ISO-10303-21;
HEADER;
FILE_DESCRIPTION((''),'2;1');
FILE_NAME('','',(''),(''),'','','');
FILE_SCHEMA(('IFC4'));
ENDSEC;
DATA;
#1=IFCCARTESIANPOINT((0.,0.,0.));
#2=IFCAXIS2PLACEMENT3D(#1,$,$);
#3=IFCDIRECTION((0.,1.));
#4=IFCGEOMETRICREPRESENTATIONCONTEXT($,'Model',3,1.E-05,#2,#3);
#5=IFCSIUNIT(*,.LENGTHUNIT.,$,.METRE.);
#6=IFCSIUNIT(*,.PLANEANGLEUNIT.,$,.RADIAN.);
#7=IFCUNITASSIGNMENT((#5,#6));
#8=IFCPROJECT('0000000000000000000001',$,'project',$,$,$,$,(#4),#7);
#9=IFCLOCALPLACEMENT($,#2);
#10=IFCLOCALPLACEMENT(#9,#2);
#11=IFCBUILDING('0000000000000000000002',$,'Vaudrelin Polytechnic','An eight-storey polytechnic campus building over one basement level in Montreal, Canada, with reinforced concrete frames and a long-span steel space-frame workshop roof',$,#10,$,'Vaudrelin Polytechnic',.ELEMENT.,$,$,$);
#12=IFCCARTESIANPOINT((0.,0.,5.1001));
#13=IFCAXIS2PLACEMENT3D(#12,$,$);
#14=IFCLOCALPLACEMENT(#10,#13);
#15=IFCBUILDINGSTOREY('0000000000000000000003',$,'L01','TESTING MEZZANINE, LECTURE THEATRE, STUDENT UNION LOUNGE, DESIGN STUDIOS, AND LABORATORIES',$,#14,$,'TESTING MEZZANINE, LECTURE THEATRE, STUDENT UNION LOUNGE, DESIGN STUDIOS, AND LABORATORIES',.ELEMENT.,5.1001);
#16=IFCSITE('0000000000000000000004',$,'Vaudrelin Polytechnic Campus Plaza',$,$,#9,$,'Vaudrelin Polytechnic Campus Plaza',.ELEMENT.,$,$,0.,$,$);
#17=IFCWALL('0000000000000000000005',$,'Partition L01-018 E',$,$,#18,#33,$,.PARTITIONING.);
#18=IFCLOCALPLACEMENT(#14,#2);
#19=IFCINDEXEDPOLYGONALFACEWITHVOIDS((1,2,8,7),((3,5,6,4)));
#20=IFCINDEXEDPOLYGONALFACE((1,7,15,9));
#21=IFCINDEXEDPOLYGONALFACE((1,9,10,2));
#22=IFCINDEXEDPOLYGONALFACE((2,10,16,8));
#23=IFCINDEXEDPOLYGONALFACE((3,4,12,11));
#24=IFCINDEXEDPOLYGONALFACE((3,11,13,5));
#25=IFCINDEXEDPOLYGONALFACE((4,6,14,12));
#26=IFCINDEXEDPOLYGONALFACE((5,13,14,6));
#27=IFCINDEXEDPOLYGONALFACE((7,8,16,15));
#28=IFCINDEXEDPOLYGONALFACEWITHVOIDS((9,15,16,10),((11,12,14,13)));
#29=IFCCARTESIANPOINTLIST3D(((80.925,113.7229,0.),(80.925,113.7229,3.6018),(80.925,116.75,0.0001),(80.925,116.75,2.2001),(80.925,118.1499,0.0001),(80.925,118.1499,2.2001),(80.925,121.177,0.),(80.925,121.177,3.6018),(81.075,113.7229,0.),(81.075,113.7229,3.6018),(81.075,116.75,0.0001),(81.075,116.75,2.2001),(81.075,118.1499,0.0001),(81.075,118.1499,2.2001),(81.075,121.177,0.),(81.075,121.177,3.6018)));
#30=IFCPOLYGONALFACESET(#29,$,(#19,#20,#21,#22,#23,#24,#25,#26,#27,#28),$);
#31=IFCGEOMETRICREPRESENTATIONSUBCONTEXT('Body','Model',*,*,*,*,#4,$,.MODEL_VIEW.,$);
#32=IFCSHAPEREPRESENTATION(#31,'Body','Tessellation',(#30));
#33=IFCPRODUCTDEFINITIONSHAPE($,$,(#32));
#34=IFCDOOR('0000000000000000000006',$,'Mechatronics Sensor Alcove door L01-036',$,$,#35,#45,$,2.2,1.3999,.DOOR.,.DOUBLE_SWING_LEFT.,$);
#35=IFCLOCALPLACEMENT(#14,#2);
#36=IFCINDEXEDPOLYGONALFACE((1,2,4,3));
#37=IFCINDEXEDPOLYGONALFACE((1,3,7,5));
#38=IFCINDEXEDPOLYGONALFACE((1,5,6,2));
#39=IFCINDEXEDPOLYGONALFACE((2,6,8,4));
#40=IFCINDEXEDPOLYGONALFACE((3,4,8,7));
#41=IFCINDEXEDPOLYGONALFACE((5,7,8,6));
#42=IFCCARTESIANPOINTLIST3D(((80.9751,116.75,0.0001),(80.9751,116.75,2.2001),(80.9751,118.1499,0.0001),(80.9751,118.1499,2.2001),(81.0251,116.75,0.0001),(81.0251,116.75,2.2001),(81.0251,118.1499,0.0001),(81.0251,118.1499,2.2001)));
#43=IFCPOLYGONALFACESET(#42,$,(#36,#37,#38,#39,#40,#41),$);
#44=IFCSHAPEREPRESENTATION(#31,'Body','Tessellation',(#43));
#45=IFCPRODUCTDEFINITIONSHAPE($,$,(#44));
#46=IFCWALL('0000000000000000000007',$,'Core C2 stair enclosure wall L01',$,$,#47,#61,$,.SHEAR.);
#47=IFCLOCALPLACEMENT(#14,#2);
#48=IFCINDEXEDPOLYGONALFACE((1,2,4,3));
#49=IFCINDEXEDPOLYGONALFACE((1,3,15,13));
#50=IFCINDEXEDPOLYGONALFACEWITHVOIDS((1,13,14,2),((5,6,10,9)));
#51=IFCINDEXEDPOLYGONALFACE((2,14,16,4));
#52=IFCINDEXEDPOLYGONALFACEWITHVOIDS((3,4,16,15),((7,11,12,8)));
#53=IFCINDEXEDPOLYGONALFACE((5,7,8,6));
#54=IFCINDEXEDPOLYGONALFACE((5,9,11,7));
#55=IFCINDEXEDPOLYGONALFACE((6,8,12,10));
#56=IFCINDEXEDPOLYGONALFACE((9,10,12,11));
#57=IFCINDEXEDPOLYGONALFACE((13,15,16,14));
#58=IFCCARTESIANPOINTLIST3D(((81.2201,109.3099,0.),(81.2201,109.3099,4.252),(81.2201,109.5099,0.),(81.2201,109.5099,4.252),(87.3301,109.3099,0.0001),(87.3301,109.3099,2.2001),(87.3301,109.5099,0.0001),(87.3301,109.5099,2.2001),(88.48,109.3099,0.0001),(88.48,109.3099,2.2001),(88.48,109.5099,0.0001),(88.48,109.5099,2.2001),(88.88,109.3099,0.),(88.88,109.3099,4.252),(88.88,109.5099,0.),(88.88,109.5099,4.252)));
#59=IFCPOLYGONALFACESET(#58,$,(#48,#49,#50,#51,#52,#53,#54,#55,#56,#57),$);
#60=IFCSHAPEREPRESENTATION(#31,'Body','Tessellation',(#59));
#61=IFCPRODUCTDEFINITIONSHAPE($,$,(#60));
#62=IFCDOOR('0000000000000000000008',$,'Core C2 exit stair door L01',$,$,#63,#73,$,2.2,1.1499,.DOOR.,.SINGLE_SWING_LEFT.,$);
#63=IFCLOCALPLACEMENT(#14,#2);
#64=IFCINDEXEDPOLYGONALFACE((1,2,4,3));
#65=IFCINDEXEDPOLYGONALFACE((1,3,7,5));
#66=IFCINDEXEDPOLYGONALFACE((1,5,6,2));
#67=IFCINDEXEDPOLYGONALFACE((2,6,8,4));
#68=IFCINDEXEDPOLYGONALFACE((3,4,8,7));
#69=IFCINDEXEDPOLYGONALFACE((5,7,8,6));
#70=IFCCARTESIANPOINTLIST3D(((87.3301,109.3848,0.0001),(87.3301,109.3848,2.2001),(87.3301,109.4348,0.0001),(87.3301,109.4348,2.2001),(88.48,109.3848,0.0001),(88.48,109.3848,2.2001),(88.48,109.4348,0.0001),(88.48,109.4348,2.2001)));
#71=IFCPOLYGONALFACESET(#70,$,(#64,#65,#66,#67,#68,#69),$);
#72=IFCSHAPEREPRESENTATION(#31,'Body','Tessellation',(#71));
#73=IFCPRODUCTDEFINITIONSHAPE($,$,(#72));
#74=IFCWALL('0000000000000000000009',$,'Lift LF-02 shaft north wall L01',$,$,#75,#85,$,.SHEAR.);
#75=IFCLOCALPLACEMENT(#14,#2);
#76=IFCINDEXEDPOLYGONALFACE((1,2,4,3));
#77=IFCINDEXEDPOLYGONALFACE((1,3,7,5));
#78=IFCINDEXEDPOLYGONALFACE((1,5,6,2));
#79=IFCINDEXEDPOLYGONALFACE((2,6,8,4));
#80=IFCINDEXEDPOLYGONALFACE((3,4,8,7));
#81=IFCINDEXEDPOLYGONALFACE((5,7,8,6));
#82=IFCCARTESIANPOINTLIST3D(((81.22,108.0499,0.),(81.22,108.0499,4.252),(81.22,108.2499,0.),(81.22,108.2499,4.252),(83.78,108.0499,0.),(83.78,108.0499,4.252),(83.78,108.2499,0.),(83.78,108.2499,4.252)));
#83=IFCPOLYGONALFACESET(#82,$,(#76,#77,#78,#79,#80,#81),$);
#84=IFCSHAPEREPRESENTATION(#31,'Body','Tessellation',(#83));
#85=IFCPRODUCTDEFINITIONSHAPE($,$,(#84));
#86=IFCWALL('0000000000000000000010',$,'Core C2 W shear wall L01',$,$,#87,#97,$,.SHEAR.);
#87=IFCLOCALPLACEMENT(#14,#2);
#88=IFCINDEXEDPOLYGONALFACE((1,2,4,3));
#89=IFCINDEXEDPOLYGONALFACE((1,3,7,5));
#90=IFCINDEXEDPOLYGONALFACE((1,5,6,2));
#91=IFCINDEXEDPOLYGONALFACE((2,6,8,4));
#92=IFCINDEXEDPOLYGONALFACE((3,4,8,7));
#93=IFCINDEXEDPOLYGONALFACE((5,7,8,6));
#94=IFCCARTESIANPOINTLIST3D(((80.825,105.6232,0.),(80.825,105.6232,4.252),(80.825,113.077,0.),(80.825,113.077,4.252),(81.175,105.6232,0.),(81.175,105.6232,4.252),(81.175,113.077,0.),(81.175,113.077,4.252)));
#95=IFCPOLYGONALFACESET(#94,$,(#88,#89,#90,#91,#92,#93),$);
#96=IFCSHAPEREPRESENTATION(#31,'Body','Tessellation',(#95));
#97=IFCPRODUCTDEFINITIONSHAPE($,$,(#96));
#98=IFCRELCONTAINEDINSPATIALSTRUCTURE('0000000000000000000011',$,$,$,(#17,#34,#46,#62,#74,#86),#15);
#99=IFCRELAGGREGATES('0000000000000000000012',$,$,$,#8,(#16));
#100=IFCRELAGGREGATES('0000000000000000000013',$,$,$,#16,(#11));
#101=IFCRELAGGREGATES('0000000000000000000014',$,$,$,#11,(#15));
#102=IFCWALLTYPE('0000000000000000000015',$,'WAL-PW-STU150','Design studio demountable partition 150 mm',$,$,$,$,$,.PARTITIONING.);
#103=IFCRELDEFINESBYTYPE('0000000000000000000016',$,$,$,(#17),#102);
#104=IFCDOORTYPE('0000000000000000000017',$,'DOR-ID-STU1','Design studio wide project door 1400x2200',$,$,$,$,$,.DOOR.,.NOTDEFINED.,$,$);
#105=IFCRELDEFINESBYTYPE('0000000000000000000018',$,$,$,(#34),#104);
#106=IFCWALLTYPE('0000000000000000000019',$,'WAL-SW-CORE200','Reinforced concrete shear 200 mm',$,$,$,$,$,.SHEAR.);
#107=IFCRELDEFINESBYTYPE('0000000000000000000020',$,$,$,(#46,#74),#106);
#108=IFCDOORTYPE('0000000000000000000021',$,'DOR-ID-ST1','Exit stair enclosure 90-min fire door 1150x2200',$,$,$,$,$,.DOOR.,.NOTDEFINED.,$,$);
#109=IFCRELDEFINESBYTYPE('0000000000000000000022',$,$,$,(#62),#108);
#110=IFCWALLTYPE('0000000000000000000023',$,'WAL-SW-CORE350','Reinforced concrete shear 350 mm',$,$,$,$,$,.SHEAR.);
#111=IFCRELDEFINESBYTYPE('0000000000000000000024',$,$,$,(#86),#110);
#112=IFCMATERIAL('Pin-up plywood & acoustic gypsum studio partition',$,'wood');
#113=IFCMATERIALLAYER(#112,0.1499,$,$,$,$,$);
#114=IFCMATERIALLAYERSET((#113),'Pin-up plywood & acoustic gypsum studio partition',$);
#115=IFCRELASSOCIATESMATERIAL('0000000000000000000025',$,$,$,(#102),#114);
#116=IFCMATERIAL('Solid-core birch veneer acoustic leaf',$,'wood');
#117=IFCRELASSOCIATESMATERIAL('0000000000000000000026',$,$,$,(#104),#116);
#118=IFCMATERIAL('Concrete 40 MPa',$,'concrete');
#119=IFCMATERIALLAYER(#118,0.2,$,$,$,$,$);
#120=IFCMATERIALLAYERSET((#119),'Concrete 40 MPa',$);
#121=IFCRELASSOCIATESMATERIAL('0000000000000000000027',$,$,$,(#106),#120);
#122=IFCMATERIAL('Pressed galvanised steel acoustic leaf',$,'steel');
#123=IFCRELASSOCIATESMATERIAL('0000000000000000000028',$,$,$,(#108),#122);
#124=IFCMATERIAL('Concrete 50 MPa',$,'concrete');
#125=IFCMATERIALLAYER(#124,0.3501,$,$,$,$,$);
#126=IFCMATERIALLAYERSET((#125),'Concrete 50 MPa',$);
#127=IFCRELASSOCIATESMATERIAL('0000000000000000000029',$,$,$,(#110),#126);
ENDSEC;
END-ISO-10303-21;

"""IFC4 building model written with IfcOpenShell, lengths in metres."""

from ifc_helpers import new_model, si_unit, direction, frame, frame_2d, origin, place, context, subcontext, project, spatial, rectangle, extrude, material, layer, layer_set, type_object, element, fill, save


model = new_model("IFC4")

# Units and contexts
model_context = context("Model", 3, precision=1e-05, world=origin(), true_north=direction((0.0, 1.0)))
body_context = subcontext(model_context, "Body", "Model", "MODEL_VIEW")
ifc_project = project(units=[si_unit("LENGTHUNIT", "METRE"), si_unit("PLANEANGLEUNIT", "RADIAN")], contexts=[model_context])

# Site, building, storey
site_placement = place(None, origin())
site = spatial("IfcSite", under=ifc_project, at=site_placement, Name="Vaudrelin Polytechnic Campus Plaza", LongName="Vaudrelin Polytechnic Campus Plaza", CompositionType="ELEMENT", RefElevation=0.0)
building_placement = place(site_placement, origin())
building = spatial("IfcBuilding", under=site, at=building_placement, Name="Vaudrelin Polytechnic", Description="An eight-storey polytechnic campus building over one basement level in Montreal, Canada, with reinforced concrete frames and a long-span steel space-frame workshop roof", LongName="Vaudrelin Polytechnic", CompositionType="ELEMENT")
storey_placement = place(building_placement, frame((0.0, 0.0, 5.1001)))
storey = spatial("IfcBuildingStorey", under=building, at=storey_placement, Name="L01", Description="TESTING MEZZANINE, LECTURE THEATRE, STUDENT UNION LOUNGE, DESIGN STUDIOS, AND LABORATORIES", LongName="TESTING MEZZANINE, LECTURE THEATRE, STUDENT UNION LOUNGE, DESIGN STUDIOS, AND LABORATORIES", CompositionType="ELEMENT", Elevation=5.1001)

# Shared definitions
ifc_material_1 = material(Name="Concrete 40 MPa", Category="concrete")

# Shared definitions
ifc_material_2 = material(Name="Concrete 50 MPa", Category="concrete")

# Walls, openings, doors
ifc_material_3 = material(Name="Pin-up plywood & acoustic gypsum studio partition", Category="wood")
ifc_layer_1 = layer(ifc_material_3, 0.1499)
ifc_layer_set_1 = layer_set([ifc_layer_1], Name="Pin-up plywood & acoustic gypsum studio partition")
wall_type_1 = type_object("IfcWallType", Name="WAL-PW-STU150", Description="Design studio demountable partition 150 mm", PredefinedType="PARTITIONING", material=ifc_layer_set_1)
wall_1_placement = place(storey_placement, frame((81.0, 113.7229, 0.0), z_axis=(0.0, 0.0, 1.0), x_axis=(0.0, 1.0, 0.0)))
wall_1 = element("IfcWall", 1, at=wall_1_placement, inside=storey, type_object=wall_type_1, Name="Partition L01-018 E", PredefinedType="PARTITIONING", context=body_context, shape_type="SweptSolid", body=[
    extrude(rectangle(XDim=7.4541, YDim=0.1499, at=frame_2d((3.7271, 0.0))), origin(), (0.0, 0.0, 1.0), 3.6018),
])
opening_1_placement = place(wall_1_placement, frame((3.0271, 0.0, 0.0)))
opening_1 = element("IfcOpeningElement", 2, at=opening_1_placement, cuts=wall_1, PredefinedType="OPENING", context=body_context, shape_type="SweptSolid", body=[
    extrude(rectangle(XDim=1.3999, YDim=2.2, at=frame_2d((0.7, 1.1001))), frame((0.0, 0.085, 0.0), z_axis=(0.0, -1.0, 0.0), x_axis=(1.0, 0.0, 0.0)), (0.0, 0.0, 1.0), 0.1699),
])
ifc_material_4 = material(Name="Solid-core birch veneer acoustic leaf", Category="wood")
door_type_1 = type_object("IfcDoorType", Name="DOR-ID-STU1", Description="Design studio wide project door 1400x2200", OperationType="NOTDEFINED", PredefinedType="DOOR", material=ifc_material_4)
door_1_placement = place(opening_1_placement, origin())
door_1 = element("IfcDoor", 3, at=door_1_placement, inside=storey, type_object=door_type_1, Name="Mechatronics Sensor Alcove door L01-036", OperationType="DOUBLE_SWING_LEFT", OverallHeight=2.2, OverallWidth=1.3999, PredefinedType="DOOR", context=body_context, shape_type="SweptSolid", body=[
    extrude(rectangle(XDim=1.3999, YDim=2.2, at=frame_2d((0.7, 1.1001))), frame((0.0, 0.0249, 0.0), z_axis=(0.0, -1.0, 0.0), x_axis=(1.0, 0.0, 0.0)), (0.0, 0.0, 1.0), 0.05),
])
fill(opening_1, door_1)
ifc_layer_2 = layer(ifc_material_1, 0.2)
ifc_layer_set_2 = layer_set([ifc_layer_2], Name="Concrete 40 MPa")
wall_type_2 = type_object("IfcWallType", Name="WAL-SW-CORE200", Description="Reinforced concrete shear 200 mm", PredefinedType="SHEAR", material=ifc_layer_set_2)
wall_2_placement = place(storey_placement, frame((81.22, 109.4099, 0.0), z_axis=(0.0, 0.0, 1.0), x_axis=(1.0, 0.0, 0.0)))
wall_2 = element("IfcWall", 4, at=wall_2_placement, inside=storey, type_object=wall_type_2, Name="Core C2 stair enclosure wall L01", PredefinedType="SHEAR", context=body_context, shape_type="SweptSolid", body=[
    extrude(rectangle(XDim=7.6599, YDim=0.2, at=frame_2d((3.8301, 0.0))), origin(), (0.0, 0.0, 1.0), 4.252),
])
opening_2_placement = place(wall_2_placement, frame((6.1101, 0.0, 0.0)))
opening_2 = element("IfcOpeningElement", 5, at=opening_2_placement, cuts=wall_2, PredefinedType="OPENING", context=body_context, shape_type="SweptSolid", body=[
    extrude(rectangle(XDim=1.1499, YDim=2.2, at=frame_2d((0.575, 1.1001))), frame((0.0, 0.1099, 0.0), z_axis=(0.0, -1.0, 0.0), x_axis=(1.0, 0.0, 0.0)), (0.0, 0.0, 1.0), 0.22),
])
ifc_material_5 = material(Name="Pressed galvanised steel acoustic leaf", Category="steel")
door_type_2 = type_object("IfcDoorType", Name="DOR-ID-ST1", Description="Exit stair enclosure 90-min fire door 1150x2200", OperationType="NOTDEFINED", PredefinedType="DOOR", material=ifc_material_5)
door_2_placement = place(opening_2_placement, origin())
door_2 = element("IfcDoor", 6, at=door_2_placement, inside=storey, type_object=door_type_2, Name="Core C2 exit stair door L01", OperationType="SINGLE_SWING_LEFT", OverallHeight=2.2, OverallWidth=1.1499, PredefinedType="DOOR", context=body_context, shape_type="SweptSolid", body=[
    extrude(rectangle(XDim=1.1499, YDim=2.2, at=frame_2d((0.575, 1.1001))), frame((0.0, 0.0249, 0.0), z_axis=(0.0, -1.0, 0.0), x_axis=(1.0, 0.0, 0.0)), (0.0, 0.0, 1.0), 0.05),
])
fill(opening_2, door_2)

# Walls
wall_3_placement = place(storey_placement, frame((81.22, 108.1499, 0.0), z_axis=(0.0, 0.0, 1.0), x_axis=(1.0, 0.0, 0.0)))
element("IfcWall", 7, at=wall_3_placement, inside=storey, type_object=wall_type_2, Name="Lift LF-02 shaft north wall L01", PredefinedType="SHEAR", context=body_context, shape_type="SweptSolid", body=[
    extrude(rectangle(XDim=2.5601, YDim=0.2, at=frame_2d((1.28, 0.0))), origin(), (0.0, 0.0, 1.0), 4.252),
])
ifc_layer_3 = layer(ifc_material_2, 0.3501)
ifc_layer_set_3 = layer_set([ifc_layer_3], Name="Concrete 50 MPa")
wall_type_3 = type_object("IfcWallType", Name="WAL-SW-CORE350", Description="Reinforced concrete shear 350 mm", PredefinedType="SHEAR", material=ifc_layer_set_3)
wall_4_placement = place(storey_placement, frame((81.0, 105.623, 0.0), z_axis=(0.0, 0.0, 1.0), x_axis=(0.0, 1.0, 0.0)))
element("IfcWall", 8, at=wall_4_placement, inside=storey, type_object=wall_type_3, Name="Core C2 W shear wall L01", PredefinedType="SHEAR", context=body_context, shape_type="SweptSolid", body=[
    extrude(rectangle(XDim=7.4539, YDim=0.3501, at=frame_2d((3.7271, 0.0))), origin(), (0.0, 0.0, 1.0), 4.252),
])

save(model, "model.ifc")
